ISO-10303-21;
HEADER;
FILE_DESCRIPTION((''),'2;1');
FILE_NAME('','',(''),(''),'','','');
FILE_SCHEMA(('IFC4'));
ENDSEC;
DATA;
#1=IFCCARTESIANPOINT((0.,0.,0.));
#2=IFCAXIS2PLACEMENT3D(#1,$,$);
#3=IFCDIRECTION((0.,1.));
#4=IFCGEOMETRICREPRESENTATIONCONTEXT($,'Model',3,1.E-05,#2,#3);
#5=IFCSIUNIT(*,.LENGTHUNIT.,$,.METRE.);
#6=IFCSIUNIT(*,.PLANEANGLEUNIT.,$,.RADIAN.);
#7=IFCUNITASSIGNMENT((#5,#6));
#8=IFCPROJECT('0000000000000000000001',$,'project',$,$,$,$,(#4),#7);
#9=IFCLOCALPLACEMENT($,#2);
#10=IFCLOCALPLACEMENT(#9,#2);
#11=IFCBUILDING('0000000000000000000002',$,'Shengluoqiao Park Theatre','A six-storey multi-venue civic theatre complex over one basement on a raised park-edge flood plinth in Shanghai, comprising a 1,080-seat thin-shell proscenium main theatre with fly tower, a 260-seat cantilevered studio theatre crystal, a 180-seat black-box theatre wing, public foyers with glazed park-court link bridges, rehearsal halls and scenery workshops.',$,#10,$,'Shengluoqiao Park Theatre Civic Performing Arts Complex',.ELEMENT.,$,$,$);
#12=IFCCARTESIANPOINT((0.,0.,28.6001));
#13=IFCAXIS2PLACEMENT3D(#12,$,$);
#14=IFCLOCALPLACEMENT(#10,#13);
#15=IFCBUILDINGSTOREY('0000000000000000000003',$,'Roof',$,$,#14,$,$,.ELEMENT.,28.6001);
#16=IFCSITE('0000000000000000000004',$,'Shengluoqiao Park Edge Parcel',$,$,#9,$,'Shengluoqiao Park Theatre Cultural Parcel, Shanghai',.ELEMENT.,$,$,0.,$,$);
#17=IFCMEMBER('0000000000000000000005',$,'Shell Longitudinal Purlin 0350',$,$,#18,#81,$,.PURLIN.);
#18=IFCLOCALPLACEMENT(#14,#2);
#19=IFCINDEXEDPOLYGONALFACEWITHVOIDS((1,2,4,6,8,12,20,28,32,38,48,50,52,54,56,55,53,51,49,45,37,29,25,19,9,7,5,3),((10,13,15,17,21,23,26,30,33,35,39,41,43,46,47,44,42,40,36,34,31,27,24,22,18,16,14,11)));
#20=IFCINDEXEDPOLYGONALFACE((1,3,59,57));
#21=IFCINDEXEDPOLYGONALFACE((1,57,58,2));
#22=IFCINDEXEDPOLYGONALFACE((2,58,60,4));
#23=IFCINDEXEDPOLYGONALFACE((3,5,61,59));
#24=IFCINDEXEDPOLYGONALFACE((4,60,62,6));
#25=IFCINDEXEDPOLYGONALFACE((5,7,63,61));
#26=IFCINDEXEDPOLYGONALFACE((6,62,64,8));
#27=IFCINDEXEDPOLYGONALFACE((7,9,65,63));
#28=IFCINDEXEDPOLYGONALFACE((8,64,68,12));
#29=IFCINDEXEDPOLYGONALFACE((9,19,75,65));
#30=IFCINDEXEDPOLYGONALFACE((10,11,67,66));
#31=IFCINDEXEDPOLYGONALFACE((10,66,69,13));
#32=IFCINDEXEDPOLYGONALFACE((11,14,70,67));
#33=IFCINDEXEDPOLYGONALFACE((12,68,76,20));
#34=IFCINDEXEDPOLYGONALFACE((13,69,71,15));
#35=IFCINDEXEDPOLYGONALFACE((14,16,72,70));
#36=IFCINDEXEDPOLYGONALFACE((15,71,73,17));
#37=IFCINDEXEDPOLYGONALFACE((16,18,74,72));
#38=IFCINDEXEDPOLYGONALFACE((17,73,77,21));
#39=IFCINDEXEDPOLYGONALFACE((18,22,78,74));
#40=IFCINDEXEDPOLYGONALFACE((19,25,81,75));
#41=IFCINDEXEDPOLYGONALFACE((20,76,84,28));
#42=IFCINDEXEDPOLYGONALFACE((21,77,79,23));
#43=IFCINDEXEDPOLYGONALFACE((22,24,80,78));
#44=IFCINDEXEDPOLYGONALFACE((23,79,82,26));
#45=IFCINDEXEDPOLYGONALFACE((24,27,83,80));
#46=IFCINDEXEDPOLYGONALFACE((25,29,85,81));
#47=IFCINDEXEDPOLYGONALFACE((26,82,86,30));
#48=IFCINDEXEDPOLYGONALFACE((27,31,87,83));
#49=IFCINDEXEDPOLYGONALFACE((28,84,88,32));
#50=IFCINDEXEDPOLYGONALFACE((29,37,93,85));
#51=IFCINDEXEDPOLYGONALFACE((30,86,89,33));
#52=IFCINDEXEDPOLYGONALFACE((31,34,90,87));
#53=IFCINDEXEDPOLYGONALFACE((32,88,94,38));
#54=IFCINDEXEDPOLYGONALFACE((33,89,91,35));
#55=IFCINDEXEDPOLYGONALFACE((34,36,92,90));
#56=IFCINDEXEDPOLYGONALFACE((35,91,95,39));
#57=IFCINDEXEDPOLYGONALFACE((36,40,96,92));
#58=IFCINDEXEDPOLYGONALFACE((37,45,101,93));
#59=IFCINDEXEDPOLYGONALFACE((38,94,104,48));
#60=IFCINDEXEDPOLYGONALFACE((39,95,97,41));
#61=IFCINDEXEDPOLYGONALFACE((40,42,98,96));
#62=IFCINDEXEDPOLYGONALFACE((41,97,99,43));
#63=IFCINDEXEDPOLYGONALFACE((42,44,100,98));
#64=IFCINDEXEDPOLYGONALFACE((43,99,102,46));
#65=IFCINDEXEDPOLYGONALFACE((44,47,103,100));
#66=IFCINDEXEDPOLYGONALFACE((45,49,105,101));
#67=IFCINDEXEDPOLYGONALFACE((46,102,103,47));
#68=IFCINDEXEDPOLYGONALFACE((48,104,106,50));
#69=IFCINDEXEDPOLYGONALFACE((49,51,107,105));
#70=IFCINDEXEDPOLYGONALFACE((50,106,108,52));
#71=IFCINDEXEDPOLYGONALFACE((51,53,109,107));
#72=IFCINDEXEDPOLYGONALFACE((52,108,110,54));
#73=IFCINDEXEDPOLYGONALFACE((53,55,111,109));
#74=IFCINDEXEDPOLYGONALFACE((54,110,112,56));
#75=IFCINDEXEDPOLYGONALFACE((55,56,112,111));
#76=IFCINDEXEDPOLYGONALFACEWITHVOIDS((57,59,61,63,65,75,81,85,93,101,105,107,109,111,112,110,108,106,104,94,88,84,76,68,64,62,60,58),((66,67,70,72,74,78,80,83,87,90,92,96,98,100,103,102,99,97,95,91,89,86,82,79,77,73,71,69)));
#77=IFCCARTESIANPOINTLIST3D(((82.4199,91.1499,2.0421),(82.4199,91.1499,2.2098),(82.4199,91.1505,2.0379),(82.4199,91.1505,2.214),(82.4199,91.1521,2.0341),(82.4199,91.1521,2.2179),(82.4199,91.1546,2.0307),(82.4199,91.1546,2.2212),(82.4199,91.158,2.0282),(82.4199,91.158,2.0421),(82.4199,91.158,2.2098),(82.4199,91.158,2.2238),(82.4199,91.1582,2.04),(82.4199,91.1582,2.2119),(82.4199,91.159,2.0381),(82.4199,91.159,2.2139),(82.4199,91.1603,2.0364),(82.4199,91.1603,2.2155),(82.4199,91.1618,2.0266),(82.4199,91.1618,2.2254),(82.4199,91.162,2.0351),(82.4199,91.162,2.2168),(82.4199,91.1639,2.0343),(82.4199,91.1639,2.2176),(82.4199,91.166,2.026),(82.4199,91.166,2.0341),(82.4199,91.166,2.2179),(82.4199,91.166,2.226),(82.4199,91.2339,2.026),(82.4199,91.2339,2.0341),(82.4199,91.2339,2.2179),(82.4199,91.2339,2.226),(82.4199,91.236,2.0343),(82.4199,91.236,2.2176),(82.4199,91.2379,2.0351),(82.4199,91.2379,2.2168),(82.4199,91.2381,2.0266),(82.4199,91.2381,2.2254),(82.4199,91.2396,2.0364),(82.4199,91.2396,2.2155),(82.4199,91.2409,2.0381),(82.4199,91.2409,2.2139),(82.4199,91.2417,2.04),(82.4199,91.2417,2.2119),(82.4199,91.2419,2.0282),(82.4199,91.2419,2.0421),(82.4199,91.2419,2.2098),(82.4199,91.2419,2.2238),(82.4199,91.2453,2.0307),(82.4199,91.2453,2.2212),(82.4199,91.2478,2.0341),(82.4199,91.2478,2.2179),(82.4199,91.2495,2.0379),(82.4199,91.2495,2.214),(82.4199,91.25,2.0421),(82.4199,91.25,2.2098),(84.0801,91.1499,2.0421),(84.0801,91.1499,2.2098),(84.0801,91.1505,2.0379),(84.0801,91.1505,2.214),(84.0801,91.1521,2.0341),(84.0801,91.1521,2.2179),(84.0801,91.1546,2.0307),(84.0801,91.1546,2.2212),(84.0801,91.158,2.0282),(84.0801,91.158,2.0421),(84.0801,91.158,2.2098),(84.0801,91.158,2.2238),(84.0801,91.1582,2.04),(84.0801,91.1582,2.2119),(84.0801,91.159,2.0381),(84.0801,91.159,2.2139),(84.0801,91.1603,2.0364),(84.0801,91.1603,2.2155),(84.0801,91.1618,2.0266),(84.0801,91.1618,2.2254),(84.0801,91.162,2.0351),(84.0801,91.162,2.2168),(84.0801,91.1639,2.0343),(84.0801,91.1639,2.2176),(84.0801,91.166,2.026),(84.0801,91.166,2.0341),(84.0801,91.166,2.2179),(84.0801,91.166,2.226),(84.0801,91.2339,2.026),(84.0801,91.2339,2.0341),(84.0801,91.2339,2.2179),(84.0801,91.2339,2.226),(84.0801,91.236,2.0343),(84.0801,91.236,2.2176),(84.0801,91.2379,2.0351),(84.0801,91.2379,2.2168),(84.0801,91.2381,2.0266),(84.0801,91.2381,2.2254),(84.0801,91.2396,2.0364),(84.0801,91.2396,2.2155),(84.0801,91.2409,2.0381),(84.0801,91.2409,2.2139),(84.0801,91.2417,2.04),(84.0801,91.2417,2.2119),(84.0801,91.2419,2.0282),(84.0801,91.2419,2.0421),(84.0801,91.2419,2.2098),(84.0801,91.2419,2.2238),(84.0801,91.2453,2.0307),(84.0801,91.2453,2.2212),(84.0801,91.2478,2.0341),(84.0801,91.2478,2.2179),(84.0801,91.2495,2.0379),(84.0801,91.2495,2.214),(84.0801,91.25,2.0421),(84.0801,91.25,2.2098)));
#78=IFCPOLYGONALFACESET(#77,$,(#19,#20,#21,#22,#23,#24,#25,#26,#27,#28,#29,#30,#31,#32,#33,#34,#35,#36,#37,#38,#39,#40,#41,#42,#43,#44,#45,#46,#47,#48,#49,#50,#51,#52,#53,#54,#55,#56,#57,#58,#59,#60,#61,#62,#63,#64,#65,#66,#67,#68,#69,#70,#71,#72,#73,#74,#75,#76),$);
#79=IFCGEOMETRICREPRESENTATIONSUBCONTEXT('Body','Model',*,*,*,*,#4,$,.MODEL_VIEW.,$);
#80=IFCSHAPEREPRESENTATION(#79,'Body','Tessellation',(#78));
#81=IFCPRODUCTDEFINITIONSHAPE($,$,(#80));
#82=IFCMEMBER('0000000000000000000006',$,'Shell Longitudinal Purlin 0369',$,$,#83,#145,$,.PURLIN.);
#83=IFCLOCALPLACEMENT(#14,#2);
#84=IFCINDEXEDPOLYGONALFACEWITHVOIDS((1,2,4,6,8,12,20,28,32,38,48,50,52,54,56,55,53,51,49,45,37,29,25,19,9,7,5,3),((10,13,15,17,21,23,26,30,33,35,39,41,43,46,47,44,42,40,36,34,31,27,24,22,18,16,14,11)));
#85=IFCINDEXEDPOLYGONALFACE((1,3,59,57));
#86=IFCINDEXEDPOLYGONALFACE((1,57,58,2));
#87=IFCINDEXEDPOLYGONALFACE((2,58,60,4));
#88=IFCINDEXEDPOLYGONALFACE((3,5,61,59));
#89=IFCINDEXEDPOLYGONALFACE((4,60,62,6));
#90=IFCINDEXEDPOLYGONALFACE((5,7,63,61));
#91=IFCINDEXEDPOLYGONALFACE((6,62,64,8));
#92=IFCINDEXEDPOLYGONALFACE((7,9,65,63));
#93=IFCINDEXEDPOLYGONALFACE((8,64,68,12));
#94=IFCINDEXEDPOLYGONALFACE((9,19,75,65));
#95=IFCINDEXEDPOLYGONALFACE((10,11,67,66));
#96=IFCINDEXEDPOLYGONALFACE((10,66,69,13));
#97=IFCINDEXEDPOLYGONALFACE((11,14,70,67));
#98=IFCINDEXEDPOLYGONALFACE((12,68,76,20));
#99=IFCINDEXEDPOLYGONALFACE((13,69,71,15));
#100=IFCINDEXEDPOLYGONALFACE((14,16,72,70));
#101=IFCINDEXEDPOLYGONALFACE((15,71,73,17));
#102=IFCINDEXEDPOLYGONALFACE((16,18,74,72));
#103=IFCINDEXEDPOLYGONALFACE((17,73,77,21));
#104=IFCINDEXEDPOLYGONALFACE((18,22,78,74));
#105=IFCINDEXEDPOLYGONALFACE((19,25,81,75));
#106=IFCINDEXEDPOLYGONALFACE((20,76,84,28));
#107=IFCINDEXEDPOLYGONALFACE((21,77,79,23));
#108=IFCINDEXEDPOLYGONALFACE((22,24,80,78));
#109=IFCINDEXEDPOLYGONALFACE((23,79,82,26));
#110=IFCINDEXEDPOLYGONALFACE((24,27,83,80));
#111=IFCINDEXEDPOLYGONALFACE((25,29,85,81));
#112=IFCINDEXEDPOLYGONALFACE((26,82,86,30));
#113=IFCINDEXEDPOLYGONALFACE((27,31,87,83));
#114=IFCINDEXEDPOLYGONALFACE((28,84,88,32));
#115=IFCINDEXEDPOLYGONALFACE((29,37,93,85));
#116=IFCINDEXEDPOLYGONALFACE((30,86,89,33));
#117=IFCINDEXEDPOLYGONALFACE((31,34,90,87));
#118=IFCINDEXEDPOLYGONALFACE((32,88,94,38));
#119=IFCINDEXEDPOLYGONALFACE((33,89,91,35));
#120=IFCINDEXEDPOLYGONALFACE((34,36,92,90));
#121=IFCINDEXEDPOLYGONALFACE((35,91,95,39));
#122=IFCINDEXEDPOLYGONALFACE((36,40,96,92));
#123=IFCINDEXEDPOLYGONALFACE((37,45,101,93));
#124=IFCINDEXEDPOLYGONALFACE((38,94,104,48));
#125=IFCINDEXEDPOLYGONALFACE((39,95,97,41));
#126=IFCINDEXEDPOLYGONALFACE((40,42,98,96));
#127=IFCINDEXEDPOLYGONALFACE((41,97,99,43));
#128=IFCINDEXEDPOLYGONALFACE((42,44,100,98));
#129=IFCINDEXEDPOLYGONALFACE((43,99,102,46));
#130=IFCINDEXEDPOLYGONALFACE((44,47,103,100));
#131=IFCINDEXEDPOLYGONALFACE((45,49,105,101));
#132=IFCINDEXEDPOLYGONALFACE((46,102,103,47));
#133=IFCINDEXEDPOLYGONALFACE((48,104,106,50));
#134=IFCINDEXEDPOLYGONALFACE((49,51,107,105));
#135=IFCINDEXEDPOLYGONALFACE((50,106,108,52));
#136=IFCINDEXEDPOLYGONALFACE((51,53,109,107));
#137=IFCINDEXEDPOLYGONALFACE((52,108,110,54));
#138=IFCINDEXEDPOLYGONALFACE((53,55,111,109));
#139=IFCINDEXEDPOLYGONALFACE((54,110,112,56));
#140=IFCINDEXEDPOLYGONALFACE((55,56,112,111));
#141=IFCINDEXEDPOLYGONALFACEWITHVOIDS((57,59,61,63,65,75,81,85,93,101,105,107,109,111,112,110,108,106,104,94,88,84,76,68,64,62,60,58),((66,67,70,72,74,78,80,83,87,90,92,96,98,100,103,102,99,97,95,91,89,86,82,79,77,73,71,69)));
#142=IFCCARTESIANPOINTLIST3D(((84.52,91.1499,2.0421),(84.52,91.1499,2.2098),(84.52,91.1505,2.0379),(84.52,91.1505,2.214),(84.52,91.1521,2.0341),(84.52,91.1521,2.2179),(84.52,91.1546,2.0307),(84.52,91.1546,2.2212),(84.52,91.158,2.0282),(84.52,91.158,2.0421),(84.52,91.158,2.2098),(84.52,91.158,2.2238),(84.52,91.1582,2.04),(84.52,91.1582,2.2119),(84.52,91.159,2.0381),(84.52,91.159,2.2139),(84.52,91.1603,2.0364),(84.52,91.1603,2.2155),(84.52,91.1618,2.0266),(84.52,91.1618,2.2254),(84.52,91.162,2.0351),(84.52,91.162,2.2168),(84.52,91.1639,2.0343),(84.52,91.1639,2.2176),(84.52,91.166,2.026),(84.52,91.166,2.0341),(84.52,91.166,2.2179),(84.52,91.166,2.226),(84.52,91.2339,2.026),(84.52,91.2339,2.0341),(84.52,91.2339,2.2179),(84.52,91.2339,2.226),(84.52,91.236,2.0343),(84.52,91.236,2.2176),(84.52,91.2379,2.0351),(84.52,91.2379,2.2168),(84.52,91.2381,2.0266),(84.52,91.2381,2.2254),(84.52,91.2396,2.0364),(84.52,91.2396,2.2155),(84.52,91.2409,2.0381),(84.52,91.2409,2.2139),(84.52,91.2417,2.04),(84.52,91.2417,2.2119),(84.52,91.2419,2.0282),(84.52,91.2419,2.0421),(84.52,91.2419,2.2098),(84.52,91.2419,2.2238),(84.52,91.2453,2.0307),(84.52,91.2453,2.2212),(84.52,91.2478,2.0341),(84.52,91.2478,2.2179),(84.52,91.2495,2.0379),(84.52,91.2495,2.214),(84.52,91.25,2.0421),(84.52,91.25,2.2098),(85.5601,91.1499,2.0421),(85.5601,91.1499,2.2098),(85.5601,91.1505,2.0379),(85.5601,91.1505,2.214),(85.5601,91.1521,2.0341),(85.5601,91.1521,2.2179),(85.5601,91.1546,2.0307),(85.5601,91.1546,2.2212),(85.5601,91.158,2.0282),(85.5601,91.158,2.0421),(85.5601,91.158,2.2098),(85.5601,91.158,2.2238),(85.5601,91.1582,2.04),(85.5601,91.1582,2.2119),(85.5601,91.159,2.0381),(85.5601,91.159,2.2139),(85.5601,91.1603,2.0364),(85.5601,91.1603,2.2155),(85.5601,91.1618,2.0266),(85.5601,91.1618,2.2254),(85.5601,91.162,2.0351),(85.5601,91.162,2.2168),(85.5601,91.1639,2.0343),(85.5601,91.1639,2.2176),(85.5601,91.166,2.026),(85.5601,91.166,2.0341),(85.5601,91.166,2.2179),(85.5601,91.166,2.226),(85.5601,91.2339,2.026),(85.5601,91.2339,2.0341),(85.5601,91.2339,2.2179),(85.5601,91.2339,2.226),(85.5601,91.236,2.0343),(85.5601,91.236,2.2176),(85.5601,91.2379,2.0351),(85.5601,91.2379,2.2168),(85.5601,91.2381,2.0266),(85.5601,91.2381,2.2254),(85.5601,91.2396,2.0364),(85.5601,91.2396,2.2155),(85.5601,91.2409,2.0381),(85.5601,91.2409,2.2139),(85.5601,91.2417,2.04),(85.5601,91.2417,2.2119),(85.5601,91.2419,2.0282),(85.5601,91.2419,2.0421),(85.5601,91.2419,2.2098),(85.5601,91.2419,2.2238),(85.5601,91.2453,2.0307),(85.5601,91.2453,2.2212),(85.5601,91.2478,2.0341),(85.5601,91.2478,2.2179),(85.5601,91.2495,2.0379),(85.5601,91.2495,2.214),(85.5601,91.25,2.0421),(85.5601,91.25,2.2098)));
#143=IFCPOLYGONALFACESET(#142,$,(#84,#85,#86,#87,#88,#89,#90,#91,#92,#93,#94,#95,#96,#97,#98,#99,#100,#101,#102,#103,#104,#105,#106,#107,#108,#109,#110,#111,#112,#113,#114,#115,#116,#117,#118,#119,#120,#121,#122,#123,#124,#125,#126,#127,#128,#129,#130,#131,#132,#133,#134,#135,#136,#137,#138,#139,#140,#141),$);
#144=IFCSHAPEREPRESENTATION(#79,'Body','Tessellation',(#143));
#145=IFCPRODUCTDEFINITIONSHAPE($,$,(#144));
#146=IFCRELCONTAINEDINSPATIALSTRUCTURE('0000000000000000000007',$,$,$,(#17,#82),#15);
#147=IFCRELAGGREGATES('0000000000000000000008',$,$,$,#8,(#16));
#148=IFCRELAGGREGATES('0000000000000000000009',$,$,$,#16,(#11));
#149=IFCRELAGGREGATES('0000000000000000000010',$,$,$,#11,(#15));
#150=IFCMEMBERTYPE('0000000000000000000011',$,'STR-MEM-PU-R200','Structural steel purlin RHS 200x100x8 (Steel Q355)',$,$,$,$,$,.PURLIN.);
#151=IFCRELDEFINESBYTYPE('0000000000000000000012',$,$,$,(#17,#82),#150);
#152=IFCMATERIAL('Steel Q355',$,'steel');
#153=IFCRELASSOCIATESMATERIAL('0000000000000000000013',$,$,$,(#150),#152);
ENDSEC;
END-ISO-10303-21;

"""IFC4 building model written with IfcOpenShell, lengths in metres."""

from ifc_helpers import new_model, si_unit, direction, frame, origin, origin_2d, place, context, subcontext, project, spatial, hollow_rectangle, extrude, material, material_profile, profile_set, type_object, element, save


model = new_model("IFC4")

# Units and contexts
model_context = context("Model", 3, precision=1e-05, world=origin(), true_north=direction((0.0, 1.0)))
body_context = subcontext(model_context, "Body", "Model", "MODEL_VIEW")
ifc_project = project(units=[si_unit("LENGTHUNIT", "METRE"), si_unit("PLANEANGLEUNIT", "RADIAN")], contexts=[model_context])

# Site, building, storey
site_placement = place(None, origin())
site = spatial("IfcSite", under=ifc_project, at=site_placement, Name="Shengluoqiao Park Edge Parcel", LongName="Shengluoqiao Park Theatre Cultural Parcel, Shanghai", CompositionType="ELEMENT", RefElevation=0.0)
building_placement = place(site_placement, origin())
building = spatial("IfcBuilding", under=site, at=building_placement, Name="Shengluoqiao Park Theatre", Description="A six-storey multi-venue civic theatre complex over one basement on a raised park-edge flood plinth in Shanghai, comprising a 1,080-seat thin-shell proscenium main theatre with fly tower, a 260-seat cantilevered studio theatre crystal, a 180-seat black-box theatre wing, public foyers with glazed park-court link bridges, rehearsal halls and scenery workshops.", LongName="Shengluoqiao Park Theatre Civic Performing Arts Complex", CompositionType="ELEMENT")
storey_placement = place(building_placement, frame((0.0, 0.0, 28.6001)))
storey = spatial("IfcBuildingStorey", under=building, at=storey_placement, Name="Roof", CompositionType="ELEMENT", Elevation=28.6001)

# Shared definitions
ifc_material_1 = material(Name="Steel Q355", Category="steel")

# Members
ifc_material_profile_1 = material_profile(ifc_material_1, hollow_rectangle(XDim=0.1001, YDim=0.2, WallThickness=0.0081, InnerFilletRadius=0.0081, OuterFilletRadius=0.0161, at=origin_2d()), Name="RHS 200x100x8")
ifc_profile_set_1 = profile_set([ifc_material_profile_1], Name="Steel Q355")
member_type_1 = type_object("IfcMemberType", Name="STR-MEM-PU-R200", Description="Structural steel purlin RHS 200x100x8 (Steel Q355)", PredefinedType="PURLIN", material=ifc_profile_set_1)
member_1_placement = place(storey_placement, frame((82.4199, 91.2, 2.126), z_axis=(1.0, 0.0, 0.0), x_axis=(0.0, 1.0, 0.0)))
element("IfcMember", 1, at=member_1_placement, inside=storey, type_object=member_type_1, Name="Shell Longitudinal Purlin 0350", PredefinedType="PURLIN", context=body_context, shape_type="SweptSolid", body=[
    extrude(hollow_rectangle(XDim=0.1001, YDim=0.2, WallThickness=0.0081, InnerFilletRadius=0.0081, OuterFilletRadius=0.0161, at=origin_2d()), origin(), (0.0, 0.0, 1.0), 1.6602),
])
member_2_placement = place(storey_placement, frame((84.52, 91.2, 2.126), z_axis=(1.0, 0.0, 0.0), x_axis=(0.0, 1.0, 0.0)))
element("IfcMember", 2, at=member_2_placement, inside=storey, type_object=member_type_1, Name="Shell Longitudinal Purlin 0369", PredefinedType="PURLIN", context=body_context, shape_type="SweptSolid", body=[
    extrude(hollow_rectangle(XDim=0.1001, YDim=0.2, WallThickness=0.0081, InnerFilletRadius=0.0081, OuterFilletRadius=0.0161, at=origin_2d()), origin(), (0.0, 0.0, 1.0), 1.04),
])

save(model, "model.ifc")
